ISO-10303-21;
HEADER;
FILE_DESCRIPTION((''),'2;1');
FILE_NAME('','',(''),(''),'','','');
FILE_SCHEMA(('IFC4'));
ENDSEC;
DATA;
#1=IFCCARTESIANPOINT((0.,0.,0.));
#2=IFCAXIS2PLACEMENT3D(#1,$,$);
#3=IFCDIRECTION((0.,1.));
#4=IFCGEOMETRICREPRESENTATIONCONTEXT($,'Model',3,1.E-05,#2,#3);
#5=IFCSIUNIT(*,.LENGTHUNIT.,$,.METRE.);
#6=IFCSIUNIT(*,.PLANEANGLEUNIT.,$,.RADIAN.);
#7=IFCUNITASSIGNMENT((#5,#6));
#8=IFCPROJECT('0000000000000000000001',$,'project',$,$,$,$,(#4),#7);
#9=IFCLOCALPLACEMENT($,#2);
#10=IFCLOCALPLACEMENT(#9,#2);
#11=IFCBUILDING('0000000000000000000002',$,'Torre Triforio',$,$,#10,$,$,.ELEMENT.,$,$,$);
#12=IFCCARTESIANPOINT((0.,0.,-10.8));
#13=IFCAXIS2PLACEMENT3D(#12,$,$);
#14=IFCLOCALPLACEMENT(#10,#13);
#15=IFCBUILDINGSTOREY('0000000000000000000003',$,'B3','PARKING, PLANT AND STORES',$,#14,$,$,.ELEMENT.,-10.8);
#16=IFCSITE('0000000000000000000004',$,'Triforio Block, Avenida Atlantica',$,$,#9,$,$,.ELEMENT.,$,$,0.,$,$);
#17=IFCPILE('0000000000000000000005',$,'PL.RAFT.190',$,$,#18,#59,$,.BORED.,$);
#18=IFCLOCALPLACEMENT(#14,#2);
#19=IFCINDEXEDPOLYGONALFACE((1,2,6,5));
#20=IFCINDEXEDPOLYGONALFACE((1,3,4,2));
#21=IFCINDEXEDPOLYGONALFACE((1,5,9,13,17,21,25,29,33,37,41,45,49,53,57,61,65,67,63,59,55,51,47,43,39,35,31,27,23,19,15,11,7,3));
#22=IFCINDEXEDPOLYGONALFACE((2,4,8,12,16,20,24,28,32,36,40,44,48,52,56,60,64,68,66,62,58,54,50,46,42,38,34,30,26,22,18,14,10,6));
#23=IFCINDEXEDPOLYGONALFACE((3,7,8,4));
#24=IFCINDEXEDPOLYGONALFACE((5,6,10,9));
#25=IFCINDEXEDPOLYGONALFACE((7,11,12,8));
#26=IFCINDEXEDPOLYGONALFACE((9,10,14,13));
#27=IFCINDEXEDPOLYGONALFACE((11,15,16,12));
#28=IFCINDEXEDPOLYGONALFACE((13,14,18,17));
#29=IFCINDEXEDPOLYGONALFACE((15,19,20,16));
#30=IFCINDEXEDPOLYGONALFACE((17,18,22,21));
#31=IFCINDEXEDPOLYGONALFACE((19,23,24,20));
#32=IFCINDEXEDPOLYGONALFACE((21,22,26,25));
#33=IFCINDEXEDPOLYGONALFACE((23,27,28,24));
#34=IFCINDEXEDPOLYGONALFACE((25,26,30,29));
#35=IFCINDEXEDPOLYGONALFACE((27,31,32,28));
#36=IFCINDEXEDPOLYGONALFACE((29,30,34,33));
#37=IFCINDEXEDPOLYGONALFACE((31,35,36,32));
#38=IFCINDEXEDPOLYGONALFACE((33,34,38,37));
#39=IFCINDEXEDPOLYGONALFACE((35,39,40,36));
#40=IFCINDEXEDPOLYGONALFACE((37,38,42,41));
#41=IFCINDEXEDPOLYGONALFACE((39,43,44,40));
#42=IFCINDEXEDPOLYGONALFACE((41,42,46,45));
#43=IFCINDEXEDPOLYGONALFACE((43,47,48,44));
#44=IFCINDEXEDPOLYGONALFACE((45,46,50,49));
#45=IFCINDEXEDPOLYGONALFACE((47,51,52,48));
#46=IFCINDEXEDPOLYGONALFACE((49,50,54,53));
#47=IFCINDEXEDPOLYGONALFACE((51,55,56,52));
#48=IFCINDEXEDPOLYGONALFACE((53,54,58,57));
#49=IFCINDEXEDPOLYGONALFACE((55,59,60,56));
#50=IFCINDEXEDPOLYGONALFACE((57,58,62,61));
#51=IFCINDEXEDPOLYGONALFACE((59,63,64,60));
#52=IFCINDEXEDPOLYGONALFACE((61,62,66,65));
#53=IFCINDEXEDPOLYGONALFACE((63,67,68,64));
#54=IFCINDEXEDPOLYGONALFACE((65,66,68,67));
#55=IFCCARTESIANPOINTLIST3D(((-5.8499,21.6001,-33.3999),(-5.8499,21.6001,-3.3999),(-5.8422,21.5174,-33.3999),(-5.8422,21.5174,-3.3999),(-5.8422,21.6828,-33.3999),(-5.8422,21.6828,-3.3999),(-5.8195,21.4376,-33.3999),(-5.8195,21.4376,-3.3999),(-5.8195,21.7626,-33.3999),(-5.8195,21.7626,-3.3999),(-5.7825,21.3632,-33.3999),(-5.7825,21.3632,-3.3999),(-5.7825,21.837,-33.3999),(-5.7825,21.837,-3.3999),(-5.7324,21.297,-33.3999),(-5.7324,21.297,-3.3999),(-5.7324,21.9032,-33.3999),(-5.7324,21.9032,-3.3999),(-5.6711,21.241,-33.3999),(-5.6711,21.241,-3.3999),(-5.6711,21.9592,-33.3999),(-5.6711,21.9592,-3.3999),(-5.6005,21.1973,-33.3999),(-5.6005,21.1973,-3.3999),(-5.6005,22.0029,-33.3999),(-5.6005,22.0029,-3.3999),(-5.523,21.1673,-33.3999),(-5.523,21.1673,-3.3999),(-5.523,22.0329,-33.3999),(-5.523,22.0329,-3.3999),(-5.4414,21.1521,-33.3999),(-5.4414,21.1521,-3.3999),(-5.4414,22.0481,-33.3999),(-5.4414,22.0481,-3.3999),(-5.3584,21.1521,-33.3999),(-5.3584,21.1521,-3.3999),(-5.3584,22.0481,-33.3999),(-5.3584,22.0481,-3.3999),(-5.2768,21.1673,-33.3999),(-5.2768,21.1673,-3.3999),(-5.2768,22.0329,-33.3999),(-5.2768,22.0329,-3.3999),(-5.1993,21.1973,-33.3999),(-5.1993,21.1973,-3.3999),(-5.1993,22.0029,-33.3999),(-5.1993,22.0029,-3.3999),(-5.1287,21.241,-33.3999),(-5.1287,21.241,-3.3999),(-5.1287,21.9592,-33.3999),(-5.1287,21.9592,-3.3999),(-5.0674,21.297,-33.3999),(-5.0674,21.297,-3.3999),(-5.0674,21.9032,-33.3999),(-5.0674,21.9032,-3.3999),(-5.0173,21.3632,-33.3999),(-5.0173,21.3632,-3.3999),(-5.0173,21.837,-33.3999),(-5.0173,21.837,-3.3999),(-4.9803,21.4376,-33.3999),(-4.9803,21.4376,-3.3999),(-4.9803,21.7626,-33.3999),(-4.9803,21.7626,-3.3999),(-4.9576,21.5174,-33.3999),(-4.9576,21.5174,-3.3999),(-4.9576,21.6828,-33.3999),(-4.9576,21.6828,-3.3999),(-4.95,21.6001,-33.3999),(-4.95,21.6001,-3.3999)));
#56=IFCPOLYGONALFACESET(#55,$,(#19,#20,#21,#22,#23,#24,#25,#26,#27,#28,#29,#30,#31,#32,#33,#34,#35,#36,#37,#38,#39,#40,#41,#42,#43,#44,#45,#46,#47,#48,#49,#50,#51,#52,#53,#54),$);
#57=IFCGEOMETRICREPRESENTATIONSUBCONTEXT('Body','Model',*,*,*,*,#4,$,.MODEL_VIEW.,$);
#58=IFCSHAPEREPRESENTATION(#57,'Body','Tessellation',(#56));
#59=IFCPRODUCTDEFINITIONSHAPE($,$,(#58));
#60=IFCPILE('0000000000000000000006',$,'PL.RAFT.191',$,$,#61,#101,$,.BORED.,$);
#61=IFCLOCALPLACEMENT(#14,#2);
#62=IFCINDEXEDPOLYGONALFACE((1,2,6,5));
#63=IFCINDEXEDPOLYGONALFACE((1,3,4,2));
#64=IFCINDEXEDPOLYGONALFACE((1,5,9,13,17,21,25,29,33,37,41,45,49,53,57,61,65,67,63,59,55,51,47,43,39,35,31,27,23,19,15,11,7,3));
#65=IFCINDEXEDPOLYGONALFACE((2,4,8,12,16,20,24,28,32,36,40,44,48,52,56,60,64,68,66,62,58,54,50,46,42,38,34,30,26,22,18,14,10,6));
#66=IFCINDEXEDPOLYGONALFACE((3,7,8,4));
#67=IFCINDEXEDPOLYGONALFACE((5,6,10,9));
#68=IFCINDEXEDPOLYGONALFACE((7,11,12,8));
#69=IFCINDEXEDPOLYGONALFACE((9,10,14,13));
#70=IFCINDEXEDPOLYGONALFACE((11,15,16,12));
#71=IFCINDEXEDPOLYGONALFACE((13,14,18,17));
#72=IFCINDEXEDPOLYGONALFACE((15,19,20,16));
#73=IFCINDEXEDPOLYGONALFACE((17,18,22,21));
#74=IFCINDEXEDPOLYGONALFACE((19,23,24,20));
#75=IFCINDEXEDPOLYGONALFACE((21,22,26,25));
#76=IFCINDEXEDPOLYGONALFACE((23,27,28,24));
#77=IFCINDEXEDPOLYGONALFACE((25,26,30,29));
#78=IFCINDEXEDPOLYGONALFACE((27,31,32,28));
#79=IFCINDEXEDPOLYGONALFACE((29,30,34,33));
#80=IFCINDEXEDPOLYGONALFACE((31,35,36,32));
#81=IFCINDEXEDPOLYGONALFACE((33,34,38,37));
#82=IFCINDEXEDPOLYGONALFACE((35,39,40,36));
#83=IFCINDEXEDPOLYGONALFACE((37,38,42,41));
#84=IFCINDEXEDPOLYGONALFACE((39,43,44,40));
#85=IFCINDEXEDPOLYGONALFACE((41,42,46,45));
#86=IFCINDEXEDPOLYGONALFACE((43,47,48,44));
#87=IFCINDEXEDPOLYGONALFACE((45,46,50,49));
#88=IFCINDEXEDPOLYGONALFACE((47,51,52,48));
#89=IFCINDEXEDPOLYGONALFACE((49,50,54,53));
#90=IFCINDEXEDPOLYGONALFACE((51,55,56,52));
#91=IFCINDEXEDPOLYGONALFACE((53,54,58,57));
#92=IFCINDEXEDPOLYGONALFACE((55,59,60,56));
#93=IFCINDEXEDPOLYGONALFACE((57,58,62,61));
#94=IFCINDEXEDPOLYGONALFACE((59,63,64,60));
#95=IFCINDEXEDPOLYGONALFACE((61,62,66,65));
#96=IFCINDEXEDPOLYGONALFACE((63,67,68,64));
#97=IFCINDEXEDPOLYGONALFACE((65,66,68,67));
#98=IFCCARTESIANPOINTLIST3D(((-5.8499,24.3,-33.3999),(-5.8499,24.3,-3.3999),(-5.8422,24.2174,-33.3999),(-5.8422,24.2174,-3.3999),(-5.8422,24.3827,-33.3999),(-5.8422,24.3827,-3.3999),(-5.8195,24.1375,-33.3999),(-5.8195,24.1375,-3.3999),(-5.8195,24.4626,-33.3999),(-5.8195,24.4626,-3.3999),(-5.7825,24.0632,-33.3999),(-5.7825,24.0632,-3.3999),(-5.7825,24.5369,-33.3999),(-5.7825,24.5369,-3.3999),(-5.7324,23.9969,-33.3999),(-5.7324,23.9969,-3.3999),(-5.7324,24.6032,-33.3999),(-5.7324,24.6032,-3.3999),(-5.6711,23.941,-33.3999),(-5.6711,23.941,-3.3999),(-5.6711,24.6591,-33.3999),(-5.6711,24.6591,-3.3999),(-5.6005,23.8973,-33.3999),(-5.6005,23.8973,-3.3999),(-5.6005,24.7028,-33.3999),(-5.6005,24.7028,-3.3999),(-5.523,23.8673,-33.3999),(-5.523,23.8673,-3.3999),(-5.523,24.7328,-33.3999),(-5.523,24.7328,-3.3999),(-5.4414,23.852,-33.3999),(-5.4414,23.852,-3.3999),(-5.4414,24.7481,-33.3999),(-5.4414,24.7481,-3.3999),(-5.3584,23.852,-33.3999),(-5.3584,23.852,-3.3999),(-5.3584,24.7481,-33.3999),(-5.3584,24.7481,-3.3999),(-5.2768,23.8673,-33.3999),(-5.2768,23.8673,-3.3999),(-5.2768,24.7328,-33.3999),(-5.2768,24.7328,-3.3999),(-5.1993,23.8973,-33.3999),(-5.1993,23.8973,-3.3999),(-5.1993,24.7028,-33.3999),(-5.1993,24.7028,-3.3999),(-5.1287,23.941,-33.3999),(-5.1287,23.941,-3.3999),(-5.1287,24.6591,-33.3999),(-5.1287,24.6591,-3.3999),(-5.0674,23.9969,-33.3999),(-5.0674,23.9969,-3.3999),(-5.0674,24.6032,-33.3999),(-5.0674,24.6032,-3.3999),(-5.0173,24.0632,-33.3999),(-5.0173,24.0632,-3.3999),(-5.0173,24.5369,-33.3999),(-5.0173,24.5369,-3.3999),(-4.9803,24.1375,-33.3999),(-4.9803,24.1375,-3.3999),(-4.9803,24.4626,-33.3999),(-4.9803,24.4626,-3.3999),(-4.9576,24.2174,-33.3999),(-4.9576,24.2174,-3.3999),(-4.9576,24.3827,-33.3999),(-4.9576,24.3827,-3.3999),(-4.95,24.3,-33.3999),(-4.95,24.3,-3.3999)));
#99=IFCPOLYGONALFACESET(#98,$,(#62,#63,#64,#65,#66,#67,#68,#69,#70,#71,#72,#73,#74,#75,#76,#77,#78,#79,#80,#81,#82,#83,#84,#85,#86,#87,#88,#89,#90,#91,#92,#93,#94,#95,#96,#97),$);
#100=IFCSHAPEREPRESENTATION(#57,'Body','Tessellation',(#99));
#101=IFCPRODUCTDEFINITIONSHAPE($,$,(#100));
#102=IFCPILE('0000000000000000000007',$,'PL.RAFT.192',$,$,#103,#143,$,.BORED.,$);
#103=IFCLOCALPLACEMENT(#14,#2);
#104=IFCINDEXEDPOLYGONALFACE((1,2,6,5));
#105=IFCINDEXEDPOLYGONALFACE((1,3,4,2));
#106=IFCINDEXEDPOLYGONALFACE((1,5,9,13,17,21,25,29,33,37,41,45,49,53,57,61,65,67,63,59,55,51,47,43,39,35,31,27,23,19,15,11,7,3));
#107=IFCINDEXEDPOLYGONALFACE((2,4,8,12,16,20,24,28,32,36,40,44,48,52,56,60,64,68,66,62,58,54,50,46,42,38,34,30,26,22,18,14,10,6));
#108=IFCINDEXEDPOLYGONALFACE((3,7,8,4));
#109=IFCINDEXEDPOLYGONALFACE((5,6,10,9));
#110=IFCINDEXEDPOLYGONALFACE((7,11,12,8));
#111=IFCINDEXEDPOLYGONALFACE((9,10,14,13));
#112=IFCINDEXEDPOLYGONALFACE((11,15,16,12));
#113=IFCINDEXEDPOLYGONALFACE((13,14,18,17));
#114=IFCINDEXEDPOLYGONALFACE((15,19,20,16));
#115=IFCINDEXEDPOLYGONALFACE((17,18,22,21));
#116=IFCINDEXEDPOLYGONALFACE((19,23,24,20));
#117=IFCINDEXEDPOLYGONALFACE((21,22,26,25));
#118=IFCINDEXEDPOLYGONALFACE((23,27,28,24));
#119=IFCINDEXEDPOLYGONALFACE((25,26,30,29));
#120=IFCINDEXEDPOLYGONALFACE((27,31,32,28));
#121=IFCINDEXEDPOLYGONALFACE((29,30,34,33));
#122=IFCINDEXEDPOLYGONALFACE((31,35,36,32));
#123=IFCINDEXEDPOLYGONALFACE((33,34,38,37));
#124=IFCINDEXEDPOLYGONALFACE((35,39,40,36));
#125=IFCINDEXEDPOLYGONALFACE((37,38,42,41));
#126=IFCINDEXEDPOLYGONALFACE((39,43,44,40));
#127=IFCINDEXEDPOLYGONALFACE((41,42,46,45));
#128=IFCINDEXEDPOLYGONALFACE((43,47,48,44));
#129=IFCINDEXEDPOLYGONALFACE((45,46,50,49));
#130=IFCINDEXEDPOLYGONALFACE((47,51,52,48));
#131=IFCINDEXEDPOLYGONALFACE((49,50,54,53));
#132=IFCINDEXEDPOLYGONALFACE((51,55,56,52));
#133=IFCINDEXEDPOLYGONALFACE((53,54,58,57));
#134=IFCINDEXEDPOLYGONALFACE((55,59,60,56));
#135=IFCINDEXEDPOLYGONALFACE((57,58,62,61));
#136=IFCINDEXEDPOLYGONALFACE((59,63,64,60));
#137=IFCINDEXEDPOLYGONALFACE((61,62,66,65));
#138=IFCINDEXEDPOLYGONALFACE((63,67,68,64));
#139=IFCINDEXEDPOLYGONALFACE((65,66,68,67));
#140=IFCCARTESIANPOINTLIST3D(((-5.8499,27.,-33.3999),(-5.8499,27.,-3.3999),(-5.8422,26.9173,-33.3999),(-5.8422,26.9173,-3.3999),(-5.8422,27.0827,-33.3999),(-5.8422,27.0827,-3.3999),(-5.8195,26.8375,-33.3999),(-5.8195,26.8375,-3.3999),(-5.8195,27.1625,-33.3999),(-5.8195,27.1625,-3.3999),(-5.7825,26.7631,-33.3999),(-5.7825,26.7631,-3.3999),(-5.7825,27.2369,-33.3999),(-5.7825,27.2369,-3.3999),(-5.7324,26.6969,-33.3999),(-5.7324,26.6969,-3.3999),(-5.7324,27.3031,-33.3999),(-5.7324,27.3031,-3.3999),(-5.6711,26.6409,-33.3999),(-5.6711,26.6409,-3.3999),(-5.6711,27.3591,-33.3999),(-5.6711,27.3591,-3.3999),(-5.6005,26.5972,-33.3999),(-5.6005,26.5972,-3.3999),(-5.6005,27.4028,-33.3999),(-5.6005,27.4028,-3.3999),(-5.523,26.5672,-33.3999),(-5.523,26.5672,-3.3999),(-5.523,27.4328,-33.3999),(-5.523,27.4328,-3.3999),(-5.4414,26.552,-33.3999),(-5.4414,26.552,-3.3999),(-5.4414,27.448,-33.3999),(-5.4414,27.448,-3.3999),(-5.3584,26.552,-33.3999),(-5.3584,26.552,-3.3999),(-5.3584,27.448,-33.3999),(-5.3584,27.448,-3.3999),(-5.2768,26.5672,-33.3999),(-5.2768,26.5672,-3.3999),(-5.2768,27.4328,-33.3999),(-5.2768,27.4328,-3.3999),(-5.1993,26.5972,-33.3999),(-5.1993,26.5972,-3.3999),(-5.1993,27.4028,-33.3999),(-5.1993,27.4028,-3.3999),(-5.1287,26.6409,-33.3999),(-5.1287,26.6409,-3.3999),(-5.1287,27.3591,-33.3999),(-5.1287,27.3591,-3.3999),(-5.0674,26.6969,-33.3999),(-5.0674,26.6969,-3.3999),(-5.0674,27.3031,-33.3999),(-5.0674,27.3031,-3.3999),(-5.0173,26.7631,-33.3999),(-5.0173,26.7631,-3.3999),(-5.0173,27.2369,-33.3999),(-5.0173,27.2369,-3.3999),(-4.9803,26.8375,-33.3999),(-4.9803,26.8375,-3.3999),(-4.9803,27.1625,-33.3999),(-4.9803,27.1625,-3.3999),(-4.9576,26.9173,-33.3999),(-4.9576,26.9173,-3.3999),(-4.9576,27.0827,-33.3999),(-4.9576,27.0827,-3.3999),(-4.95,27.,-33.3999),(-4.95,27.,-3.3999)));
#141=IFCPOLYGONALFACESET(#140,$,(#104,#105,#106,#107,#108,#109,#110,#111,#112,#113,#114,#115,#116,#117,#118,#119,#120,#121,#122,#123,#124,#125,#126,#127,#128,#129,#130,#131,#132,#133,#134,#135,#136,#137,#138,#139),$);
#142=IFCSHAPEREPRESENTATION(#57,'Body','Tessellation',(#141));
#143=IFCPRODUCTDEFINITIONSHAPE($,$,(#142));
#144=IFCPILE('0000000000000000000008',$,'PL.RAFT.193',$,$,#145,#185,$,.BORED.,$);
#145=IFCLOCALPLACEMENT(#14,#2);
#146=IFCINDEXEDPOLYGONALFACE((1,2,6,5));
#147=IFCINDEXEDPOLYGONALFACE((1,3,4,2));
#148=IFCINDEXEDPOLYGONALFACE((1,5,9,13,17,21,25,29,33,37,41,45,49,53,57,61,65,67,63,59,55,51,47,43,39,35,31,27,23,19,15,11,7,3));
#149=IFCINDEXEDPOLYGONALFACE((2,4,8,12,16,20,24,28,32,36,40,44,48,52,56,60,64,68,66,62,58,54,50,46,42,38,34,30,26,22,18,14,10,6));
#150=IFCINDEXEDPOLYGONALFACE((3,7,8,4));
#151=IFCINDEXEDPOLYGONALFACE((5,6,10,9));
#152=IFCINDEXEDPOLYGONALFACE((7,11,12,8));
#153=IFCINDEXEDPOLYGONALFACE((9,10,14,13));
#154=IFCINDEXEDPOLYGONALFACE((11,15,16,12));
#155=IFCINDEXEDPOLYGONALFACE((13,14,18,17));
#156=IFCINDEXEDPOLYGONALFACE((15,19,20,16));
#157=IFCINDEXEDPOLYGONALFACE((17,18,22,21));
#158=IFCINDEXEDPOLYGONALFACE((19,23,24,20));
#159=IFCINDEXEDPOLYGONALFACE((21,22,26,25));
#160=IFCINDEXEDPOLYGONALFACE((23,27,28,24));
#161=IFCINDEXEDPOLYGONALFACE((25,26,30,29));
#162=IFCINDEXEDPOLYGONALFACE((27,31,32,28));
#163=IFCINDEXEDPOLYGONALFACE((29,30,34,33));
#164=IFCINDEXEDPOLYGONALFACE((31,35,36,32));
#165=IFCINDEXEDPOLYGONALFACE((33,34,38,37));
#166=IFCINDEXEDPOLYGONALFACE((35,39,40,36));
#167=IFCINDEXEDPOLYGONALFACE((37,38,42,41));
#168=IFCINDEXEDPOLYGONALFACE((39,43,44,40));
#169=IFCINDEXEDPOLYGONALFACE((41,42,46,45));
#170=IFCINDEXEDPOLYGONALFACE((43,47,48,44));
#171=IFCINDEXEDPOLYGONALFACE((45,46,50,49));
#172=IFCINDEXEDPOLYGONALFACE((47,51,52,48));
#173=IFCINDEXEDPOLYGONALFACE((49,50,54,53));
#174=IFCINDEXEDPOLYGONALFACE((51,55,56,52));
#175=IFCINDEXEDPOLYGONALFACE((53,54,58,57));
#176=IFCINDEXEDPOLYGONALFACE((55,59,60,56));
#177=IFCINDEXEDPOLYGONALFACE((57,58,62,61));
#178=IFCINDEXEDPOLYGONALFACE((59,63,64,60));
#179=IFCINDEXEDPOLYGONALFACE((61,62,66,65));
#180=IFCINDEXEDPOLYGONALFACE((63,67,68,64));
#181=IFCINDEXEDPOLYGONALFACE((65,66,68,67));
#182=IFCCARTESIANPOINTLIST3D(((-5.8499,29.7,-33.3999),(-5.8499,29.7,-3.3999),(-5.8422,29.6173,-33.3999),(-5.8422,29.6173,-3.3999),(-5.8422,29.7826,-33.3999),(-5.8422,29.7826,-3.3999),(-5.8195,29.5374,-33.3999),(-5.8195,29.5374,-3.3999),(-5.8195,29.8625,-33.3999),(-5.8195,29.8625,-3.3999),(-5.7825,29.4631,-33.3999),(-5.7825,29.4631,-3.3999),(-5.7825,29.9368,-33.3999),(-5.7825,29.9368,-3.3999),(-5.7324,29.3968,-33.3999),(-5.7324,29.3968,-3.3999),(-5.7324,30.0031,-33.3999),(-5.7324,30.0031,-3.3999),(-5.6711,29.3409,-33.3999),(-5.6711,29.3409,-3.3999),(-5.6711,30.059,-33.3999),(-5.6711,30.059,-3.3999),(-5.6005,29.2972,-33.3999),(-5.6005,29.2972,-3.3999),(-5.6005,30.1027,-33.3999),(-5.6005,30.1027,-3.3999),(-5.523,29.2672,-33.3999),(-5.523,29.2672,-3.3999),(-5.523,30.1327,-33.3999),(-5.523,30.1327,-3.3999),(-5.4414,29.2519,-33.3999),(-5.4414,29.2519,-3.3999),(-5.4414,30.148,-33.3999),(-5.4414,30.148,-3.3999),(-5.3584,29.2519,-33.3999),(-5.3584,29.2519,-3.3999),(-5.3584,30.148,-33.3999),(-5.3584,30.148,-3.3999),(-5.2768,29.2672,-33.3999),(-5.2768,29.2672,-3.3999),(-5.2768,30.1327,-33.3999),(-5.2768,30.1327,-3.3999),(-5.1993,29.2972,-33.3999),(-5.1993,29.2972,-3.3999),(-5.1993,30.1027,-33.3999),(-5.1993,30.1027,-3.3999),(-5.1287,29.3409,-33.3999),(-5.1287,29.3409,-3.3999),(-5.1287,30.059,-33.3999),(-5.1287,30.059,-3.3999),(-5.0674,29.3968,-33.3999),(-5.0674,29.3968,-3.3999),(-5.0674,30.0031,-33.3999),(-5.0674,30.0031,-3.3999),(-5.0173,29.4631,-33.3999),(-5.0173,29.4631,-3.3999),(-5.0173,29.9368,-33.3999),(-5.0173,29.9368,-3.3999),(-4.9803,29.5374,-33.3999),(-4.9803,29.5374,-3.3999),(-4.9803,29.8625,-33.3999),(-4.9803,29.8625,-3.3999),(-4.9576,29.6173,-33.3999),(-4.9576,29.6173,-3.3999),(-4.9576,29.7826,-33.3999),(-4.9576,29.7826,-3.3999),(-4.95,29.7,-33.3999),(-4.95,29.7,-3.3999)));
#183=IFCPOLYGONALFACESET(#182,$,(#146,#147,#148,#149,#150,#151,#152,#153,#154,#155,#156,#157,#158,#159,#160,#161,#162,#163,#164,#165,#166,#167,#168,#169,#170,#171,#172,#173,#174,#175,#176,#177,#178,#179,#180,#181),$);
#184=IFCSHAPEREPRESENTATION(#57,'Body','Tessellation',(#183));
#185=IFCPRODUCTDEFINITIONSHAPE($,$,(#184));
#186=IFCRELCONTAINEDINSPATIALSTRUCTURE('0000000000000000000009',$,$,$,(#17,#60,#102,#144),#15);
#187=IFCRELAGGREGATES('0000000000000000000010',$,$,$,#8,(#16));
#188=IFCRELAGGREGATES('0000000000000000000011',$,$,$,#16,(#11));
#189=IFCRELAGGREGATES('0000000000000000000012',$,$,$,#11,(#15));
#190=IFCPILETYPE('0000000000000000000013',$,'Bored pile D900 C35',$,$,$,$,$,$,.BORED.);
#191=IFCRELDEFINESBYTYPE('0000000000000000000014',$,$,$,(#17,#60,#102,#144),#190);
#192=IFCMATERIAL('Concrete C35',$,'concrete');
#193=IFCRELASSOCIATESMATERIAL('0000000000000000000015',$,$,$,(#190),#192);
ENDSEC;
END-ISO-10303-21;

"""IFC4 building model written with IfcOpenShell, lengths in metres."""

from ifc_helpers import new_model, si_unit, direction, frame, origin, origin_2d, place, context, subcontext, project, spatial, circle, extrude, material, material_profile, profile_set, type_object, element, save


model = new_model("IFC4")

# Units and contexts
model_context = context("Model", 3, precision=1e-05, world=origin(), true_north=direction((0.0, 1.0)))
body_context = subcontext(model_context, "Body", "Model", "MODEL_VIEW")
ifc_project = project(units=[si_unit("LENGTHUNIT", "METRE"), si_unit("PLANEANGLEUNIT", "RADIAN")], contexts=[model_context])

# Site, building, storey
site_placement = place(None, origin())
site = spatial("IfcSite", under=ifc_project, at=site_placement, Name="Triforio Block, Avenida Atlantica", CompositionType="ELEMENT", RefElevation=0.0)
building_placement = place(site_placement, origin())
building = spatial("IfcBuilding", under=site, at=building_placement, Name="Torre Triforio", CompositionType="ELEMENT")
storey_placement = place(building_placement, frame((0.0, 0.0, -10.8)))
storey = spatial("IfcBuildingStorey", under=building, at=storey_placement, Name="B3", Description="PARKING, PLANT AND STORES", CompositionType="ELEMENT", Elevation=-10.8)

# Piles
ifc_material_1 = material(Name="Concrete C35", Category="concrete")
ifc_material_profile_1 = material_profile(ifc_material_1, circle(Radius=0.45, at=origin_2d()), Name="RC D900")
ifc_profile_set_1 = profile_set([ifc_material_profile_1], Name="Concrete C35")
pile_type = type_object("IfcPileType", Name="Bored pile D900 C35", PredefinedType="BORED", material=ifc_profile_set_1)
for number, where, z_axis, x_axis, name in (
    (1, (-5.3999, 21.6001, -3.3999), (0.0, 0.0, -1.0), (1.0, 0.0, 0.0), "PL.RAFT.190"),
    (2, (-5.3999, 24.3, -3.3999), (0.0, 0.0, -1.0), (1.0, 0.0, 0.0), "PL.RAFT.191"),
    (3, (-5.3999, 27.0, -3.3999), (0.0, 0.0, -1.0), (1.0, 0.0, 0.0), "PL.RAFT.192"),
    (4, (-5.3999, 29.7, -3.3999), (0.0, 0.0, -1.0), (1.0, 0.0, 0.0), "PL.RAFT.193"),
):
    element("IfcPile", number, at=place(storey_placement, frame(where, z_axis=z_axis, x_axis=x_axis)), inside=storey, type_object=pile_type, Name=name, PredefinedType="BORED", context=body_context, shape_type="SweptSolid", body=[
        extrude(circle(Radius=0.45, at=origin_2d()), origin(), (0.0, 0.0, 1.0), 30.0),
    ])

save(model, "model.ifc")
